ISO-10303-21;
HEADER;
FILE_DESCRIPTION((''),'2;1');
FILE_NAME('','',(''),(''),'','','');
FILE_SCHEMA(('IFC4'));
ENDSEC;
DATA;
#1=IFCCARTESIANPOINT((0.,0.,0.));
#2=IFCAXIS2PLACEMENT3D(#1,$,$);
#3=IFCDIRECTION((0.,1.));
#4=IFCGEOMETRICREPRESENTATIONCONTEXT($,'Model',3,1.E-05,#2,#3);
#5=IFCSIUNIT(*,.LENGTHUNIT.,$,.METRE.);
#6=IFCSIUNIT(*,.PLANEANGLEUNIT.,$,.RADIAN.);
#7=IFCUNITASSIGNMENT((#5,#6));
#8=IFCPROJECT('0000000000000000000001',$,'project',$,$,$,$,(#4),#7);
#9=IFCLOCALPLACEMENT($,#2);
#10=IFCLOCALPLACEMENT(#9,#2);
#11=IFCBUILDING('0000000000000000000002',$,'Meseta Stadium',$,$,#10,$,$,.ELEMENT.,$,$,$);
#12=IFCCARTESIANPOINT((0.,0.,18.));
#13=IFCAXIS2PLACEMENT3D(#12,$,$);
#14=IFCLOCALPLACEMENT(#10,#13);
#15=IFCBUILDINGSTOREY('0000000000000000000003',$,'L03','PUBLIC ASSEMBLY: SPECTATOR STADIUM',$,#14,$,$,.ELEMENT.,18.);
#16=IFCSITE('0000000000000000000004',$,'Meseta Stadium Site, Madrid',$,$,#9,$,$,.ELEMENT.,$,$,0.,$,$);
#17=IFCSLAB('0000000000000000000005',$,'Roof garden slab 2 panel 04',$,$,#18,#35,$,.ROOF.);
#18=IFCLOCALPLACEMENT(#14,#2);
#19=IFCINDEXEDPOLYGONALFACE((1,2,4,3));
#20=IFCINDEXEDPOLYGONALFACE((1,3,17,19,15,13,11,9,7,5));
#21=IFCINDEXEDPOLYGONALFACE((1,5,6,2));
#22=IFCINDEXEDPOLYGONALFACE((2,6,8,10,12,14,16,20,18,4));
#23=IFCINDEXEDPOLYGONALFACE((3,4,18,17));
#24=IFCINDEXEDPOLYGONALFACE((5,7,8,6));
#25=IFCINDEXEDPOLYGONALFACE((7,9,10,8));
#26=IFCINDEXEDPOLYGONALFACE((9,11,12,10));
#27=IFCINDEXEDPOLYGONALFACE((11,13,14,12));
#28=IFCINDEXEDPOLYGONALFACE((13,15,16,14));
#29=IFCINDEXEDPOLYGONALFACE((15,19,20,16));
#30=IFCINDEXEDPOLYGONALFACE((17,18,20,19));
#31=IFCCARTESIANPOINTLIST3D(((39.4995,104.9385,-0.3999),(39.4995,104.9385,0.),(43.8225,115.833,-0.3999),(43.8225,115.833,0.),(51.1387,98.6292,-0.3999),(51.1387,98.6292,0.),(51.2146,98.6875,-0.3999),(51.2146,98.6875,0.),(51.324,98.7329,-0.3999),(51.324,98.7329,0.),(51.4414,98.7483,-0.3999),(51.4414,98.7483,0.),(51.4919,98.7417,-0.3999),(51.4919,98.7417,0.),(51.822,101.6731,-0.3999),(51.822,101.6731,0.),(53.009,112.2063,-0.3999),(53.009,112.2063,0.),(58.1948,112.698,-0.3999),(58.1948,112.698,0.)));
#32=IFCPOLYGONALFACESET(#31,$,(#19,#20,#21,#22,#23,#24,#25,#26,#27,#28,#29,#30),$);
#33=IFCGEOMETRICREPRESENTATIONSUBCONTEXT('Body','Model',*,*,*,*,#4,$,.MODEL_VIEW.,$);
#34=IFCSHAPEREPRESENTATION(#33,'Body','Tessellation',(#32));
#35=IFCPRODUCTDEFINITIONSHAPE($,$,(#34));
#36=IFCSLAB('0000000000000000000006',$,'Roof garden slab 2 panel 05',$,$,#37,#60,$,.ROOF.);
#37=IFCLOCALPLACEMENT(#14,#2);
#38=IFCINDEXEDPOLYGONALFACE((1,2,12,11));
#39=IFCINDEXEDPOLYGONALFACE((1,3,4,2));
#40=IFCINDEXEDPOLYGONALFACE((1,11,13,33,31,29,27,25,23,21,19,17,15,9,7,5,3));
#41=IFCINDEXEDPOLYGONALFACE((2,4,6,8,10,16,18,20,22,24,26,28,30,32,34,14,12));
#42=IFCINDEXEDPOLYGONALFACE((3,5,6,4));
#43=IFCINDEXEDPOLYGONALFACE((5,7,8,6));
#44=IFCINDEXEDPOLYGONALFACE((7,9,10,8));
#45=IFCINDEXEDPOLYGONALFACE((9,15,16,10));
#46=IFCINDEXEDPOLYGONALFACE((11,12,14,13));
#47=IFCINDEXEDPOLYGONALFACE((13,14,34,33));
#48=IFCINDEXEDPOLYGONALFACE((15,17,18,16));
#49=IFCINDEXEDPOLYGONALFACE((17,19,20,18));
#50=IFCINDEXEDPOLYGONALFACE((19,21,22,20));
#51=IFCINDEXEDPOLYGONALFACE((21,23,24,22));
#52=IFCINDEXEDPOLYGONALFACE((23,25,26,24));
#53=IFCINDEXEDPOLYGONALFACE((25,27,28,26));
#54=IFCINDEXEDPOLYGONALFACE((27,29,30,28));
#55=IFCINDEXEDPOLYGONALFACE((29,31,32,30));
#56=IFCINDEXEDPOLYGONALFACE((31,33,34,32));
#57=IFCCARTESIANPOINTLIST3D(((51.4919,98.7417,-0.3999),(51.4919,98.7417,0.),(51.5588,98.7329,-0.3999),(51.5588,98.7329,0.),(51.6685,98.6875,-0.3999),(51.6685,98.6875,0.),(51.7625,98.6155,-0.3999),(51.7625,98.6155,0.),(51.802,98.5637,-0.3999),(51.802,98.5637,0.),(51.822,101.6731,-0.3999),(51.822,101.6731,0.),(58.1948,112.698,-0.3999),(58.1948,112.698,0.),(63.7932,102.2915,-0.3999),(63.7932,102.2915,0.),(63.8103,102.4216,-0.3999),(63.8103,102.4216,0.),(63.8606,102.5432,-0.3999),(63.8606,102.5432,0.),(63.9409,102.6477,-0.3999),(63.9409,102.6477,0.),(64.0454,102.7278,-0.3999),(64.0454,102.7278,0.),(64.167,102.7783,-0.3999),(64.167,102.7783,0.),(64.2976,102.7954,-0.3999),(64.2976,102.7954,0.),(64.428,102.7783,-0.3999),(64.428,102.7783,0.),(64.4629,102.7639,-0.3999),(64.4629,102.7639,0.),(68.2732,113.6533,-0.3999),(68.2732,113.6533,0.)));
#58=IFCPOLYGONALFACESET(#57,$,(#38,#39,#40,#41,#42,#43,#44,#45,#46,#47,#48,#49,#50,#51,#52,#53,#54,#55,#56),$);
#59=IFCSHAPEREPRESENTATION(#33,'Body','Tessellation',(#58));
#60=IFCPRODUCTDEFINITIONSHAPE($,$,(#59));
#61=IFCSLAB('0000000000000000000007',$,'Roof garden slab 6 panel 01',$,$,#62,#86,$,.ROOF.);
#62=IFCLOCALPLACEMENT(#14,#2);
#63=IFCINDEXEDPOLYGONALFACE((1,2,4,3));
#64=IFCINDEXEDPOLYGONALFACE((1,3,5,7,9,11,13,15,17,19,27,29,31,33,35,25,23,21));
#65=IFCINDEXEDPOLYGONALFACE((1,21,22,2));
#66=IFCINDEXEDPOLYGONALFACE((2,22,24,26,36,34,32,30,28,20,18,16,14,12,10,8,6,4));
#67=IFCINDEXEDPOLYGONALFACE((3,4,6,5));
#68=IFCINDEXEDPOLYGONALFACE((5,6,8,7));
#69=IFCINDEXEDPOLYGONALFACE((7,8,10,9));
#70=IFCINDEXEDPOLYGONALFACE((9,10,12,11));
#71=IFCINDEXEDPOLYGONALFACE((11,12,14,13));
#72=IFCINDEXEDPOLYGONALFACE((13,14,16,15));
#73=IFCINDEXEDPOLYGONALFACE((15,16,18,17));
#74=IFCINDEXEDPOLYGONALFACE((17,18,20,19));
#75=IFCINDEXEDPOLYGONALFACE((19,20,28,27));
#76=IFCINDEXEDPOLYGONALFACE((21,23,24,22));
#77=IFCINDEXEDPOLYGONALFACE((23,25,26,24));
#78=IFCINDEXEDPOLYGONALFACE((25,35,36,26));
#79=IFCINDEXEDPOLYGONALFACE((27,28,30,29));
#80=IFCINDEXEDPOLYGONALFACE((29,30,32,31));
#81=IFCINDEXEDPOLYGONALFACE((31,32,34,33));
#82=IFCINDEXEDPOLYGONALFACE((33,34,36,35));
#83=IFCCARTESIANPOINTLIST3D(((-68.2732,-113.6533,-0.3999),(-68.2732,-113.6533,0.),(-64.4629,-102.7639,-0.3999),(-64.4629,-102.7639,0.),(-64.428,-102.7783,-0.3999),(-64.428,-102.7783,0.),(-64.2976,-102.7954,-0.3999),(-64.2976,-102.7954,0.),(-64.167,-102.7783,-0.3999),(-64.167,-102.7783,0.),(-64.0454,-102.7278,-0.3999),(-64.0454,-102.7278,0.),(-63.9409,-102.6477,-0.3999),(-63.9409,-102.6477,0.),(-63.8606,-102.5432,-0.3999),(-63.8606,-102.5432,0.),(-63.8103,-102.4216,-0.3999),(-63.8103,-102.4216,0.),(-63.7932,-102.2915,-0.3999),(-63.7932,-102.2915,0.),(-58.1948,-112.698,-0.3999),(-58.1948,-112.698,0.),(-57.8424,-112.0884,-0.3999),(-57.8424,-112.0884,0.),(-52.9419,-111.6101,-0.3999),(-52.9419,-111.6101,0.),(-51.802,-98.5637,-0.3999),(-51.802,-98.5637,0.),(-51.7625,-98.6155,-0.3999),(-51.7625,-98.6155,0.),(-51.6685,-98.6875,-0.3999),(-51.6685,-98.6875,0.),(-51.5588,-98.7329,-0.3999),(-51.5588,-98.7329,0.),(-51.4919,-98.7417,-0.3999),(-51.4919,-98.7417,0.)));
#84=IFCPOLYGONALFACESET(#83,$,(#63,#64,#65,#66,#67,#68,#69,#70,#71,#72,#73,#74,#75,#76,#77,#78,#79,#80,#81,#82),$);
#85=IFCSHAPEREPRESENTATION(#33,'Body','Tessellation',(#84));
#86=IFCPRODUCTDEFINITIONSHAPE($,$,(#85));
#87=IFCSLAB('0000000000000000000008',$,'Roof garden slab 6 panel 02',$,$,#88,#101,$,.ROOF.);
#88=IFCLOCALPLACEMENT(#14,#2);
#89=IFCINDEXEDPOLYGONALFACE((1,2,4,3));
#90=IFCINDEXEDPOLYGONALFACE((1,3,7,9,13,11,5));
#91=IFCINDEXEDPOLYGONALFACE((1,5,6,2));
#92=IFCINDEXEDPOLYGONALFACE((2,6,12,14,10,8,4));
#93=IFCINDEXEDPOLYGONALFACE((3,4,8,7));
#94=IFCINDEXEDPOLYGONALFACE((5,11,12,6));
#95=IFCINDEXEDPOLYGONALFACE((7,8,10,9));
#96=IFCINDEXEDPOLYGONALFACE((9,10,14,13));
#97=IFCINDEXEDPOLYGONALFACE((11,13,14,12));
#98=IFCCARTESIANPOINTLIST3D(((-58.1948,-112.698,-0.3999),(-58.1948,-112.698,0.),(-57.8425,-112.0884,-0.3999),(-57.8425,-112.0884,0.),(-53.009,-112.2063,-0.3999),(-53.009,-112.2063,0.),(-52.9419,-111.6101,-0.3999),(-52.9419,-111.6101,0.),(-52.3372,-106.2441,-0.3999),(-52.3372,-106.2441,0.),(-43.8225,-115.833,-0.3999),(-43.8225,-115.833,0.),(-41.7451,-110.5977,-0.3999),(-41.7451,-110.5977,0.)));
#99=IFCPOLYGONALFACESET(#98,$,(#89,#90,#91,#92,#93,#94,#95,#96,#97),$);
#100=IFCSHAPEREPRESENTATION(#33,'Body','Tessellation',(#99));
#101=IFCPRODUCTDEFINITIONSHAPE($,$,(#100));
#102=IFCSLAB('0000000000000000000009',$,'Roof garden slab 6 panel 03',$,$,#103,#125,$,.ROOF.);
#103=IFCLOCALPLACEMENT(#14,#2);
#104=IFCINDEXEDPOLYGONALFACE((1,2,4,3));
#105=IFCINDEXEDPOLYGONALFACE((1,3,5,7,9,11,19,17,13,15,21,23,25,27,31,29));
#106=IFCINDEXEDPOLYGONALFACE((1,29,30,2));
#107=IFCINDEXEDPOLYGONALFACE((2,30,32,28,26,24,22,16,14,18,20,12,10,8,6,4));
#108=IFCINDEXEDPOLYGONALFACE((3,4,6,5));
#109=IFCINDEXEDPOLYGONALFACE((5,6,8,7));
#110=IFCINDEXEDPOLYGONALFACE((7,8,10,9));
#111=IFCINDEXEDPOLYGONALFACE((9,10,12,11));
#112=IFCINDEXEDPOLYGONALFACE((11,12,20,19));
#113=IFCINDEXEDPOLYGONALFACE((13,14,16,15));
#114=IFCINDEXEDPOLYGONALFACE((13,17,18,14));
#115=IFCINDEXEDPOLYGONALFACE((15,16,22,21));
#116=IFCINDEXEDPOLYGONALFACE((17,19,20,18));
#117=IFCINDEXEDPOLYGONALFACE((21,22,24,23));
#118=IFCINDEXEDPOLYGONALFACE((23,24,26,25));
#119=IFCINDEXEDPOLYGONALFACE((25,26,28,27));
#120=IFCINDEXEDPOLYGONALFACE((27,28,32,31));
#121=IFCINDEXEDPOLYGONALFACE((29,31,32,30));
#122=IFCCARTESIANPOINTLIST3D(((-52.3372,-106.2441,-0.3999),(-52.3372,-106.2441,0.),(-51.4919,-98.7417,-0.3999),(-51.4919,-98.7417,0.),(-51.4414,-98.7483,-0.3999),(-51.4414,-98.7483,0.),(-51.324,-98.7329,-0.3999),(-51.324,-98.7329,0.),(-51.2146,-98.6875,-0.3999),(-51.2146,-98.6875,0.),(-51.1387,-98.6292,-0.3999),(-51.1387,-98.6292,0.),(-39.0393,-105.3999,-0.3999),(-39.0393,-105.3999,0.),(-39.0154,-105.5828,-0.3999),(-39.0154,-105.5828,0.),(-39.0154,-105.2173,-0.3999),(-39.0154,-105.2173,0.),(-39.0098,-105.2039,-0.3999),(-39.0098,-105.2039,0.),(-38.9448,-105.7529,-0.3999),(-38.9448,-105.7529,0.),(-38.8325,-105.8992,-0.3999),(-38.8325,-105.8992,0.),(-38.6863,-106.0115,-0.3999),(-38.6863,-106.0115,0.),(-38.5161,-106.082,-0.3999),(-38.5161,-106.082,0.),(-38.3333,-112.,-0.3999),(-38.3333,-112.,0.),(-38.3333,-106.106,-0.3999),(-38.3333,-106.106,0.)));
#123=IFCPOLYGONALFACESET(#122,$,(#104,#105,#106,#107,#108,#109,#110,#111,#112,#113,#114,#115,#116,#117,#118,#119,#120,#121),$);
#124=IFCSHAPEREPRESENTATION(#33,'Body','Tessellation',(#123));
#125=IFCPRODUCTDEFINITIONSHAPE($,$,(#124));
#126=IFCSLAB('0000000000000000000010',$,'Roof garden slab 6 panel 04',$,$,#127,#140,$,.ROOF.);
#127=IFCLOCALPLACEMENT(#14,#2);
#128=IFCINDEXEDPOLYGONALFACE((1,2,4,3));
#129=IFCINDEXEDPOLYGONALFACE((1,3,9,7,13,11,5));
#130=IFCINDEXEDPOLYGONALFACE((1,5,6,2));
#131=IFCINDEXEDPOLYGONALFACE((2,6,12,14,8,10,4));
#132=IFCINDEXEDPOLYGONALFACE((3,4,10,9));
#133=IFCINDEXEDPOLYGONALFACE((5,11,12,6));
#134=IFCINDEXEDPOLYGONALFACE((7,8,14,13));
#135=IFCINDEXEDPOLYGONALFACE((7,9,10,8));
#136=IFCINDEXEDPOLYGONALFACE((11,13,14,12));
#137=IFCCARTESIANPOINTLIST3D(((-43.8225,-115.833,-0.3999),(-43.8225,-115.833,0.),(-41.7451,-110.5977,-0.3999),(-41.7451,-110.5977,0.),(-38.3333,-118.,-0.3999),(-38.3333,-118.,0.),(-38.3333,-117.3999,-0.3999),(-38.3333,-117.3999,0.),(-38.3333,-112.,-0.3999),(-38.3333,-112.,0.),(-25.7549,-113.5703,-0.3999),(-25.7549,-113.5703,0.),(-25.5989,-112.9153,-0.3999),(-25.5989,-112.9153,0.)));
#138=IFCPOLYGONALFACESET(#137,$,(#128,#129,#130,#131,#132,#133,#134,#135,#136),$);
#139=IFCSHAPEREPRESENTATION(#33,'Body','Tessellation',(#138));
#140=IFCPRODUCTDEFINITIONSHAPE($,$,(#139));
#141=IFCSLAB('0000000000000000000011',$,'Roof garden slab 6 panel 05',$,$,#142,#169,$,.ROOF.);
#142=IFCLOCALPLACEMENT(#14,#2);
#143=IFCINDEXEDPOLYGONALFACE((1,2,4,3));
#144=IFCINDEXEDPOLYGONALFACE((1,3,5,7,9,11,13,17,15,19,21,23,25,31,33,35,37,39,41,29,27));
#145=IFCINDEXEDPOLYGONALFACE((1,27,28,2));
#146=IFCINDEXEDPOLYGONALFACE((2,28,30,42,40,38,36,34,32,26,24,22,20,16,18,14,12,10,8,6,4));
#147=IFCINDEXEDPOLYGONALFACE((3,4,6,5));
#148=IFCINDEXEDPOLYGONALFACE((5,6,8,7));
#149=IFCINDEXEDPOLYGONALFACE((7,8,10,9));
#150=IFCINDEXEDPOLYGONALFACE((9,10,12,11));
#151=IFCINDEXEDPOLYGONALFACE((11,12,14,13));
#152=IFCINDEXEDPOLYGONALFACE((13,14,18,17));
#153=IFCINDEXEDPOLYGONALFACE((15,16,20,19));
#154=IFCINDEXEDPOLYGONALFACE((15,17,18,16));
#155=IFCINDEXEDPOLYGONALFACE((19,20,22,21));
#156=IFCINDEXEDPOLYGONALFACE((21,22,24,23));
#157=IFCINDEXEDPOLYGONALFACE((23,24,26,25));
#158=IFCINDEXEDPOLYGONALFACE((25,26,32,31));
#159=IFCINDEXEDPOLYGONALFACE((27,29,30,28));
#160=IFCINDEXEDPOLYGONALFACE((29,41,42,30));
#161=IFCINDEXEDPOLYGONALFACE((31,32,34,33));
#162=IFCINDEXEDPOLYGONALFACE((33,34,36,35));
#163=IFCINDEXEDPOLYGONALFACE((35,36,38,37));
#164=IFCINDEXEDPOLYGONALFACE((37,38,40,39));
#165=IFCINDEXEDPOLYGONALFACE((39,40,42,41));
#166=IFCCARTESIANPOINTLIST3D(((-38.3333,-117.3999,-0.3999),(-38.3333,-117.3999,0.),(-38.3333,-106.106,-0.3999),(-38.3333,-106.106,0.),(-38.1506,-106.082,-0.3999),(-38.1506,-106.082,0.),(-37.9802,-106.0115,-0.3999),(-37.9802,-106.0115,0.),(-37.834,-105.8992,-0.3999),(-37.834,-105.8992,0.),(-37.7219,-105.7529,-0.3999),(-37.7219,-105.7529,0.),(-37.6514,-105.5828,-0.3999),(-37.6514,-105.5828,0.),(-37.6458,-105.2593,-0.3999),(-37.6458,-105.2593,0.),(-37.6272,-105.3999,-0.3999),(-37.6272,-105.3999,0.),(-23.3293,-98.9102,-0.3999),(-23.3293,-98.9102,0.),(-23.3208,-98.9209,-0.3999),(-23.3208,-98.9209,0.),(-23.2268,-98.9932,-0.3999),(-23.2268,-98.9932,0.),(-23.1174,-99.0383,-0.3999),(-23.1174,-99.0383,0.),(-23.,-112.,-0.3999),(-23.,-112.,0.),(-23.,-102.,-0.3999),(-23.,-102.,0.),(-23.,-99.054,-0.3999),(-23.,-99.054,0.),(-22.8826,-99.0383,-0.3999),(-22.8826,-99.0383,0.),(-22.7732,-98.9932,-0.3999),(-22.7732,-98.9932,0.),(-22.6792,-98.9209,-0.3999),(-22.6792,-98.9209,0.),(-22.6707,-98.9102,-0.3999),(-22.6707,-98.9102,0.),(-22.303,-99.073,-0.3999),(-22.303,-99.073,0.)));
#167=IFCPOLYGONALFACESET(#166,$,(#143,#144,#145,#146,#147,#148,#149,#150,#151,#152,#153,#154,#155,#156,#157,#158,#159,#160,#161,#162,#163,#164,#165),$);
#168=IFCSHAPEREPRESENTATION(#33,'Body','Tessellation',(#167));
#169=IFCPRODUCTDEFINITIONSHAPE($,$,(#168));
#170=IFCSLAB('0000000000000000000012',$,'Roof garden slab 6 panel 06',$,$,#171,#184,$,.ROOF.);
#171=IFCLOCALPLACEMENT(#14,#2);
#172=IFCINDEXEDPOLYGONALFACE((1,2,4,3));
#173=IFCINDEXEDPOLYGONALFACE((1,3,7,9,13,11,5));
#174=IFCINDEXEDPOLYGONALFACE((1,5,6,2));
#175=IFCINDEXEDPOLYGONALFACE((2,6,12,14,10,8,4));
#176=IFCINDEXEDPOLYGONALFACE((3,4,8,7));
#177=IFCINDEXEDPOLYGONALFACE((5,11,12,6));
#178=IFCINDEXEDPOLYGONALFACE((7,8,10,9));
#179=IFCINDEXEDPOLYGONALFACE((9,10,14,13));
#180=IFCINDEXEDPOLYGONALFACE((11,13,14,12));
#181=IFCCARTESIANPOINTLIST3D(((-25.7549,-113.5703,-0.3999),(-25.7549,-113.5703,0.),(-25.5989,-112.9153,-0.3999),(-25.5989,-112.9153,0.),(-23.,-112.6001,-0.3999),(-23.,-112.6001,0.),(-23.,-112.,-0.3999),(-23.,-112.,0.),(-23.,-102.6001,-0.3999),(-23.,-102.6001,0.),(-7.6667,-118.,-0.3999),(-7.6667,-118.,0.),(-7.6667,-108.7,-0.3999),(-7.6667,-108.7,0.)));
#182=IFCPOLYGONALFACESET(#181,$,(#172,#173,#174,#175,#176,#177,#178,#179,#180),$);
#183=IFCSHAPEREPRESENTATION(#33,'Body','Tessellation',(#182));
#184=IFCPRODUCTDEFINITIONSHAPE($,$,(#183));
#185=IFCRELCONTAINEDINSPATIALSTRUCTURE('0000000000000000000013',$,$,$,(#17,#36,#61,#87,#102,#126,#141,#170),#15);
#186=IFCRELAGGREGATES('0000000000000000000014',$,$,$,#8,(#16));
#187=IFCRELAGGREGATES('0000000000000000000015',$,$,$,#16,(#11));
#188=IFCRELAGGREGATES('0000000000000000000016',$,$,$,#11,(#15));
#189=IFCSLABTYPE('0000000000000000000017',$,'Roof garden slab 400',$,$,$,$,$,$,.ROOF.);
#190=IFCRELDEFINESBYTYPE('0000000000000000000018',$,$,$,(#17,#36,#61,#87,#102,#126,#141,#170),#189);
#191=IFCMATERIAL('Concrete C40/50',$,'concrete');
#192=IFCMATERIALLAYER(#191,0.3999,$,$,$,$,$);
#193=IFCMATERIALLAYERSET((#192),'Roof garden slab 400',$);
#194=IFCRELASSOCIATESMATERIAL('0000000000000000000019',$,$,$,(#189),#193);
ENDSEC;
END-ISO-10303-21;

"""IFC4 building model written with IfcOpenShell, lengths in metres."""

from ifc_helpers import new_model, si_unit, direction, frame, origin, place, context, subcontext, project, spatial, polyline, outline, extrude, material, layer, layer_set, type_object, element, save


model = new_model("IFC4")

# Units and contexts
model_context = context("Model", 3, precision=1e-05, world=origin(), true_north=direction((0.0, 1.0)))
body_context = subcontext(model_context, "Body", "Model", "MODEL_VIEW")
ifc_project = project(units=[si_unit("LENGTHUNIT", "METRE"), si_unit("PLANEANGLEUNIT", "RADIAN")], contexts=[model_context])

# Site, building, storey
site_placement = place(None, origin())
site = spatial("IfcSite", under=ifc_project, at=site_placement, Name="Meseta Stadium Site, Madrid", CompositionType="ELEMENT", RefElevation=0.0)
building_placement = place(site_placement, origin())
building = spatial("IfcBuilding", under=site, at=building_placement, Name="Meseta Stadium", CompositionType="ELEMENT")
storey_placement = place(building_placement, frame((0.0, 0.0, 18.0)))
storey = spatial("IfcBuildingStorey", under=building, at=storey_placement, Name="L03", Description="PUBLIC ASSEMBLY: SPECTATOR STADIUM", CompositionType="ELEMENT", Elevation=18.0)

# Slabs
ifc_material_1 = material(Name="Concrete C40/50", Category="concrete")
ifc_layer_1 = layer(ifc_material_1, 0.3999)
ifc_layer_set_1 = layer_set([ifc_layer_1], Name="Roof garden slab 400")
slab_type_1 = type_object("IfcSlabType", Name="Roof garden slab 400", PredefinedType="ROOF", material=ifc_layer_set_1)
slab_1_placement = place(storey_placement, frame((0.0, 0.0, -0.3999)))
element("IfcSlab", 1, at=slab_1_placement, inside=storey, type_object=slab_type_1, Name="Roof garden slab 2 panel 04", PredefinedType="ROOF", context=body_context, shape_type="SweptSolid", body=[
    extrude(outline(polyline([(51.2146, 98.6875), (51.324, 98.7329), (51.4414, 98.7483), (51.4919, 98.7417), (51.822, 101.6731), (58.1948, 112.698), (53.009, 112.2063), (43.8225, 115.833), (39.4995, 104.9385), (51.1387, 98.6292), (51.2146, 98.6875)])), origin(), (0.0, 0.0, 1.0), 0.3999),
])
slab_2_placement = place(storey_placement, frame((0.0, 0.0, -0.3999)))
element("IfcSlab", 2, at=slab_2_placement, inside=storey, type_object=slab_type_1, Name="Roof garden slab 2 panel 05", PredefinedType="ROOF", context=body_context, shape_type="SweptSolid", body=[
    extrude(outline(polyline([(63.7932, 102.2915), (63.8103, 102.4216), (63.8606, 102.5432), (63.9409, 102.6477), (64.0454, 102.7278), (64.167, 102.7783), (64.2976, 102.7954), (64.428, 102.7783), (64.4629, 102.7639), (68.2732, 113.6533), (58.1948, 112.698), (51.822, 101.6731), (51.4919, 98.7417), (51.5588, 98.7329), (51.6685, 98.6875), (51.7625, 98.6155), (51.802, 98.5637), (63.7932, 102.2915)])), origin(), (0.0, 0.0, 1.0), 0.3999),
])
slab_3_placement = place(storey_placement, frame((0.0, 0.0, -0.3999)))
element("IfcSlab", 3, at=slab_3_placement, inside=storey, type_object=slab_type_1, Name="Roof garden slab 6 panel 01", PredefinedType="ROOF", context=body_context, shape_type="SweptSolid", body=[
    extrude(outline(polyline([(-63.9409, -102.6477), (-64.0454, -102.7278), (-64.167, -102.7783), (-64.2976, -102.7954), (-64.428, -102.7783), (-64.4629, -102.7639), (-68.2732, -113.6533), (-58.1948, -112.698), (-54.6301, -106.531), (-57.8425, -112.0884), (-52.9419, -111.6101), (-51.4919, -98.7417), (-51.5588, -98.7329), (-51.6685, -98.6875), (-51.7625, -98.6155), (-51.802, -98.5637), (-63.7932, -102.2915), (-63.8103, -102.4216), (-63.8606, -102.5432), (-63.9409, -102.6477)])), origin(), (0.0, 0.0, 1.0), 0.3999),
])
slab_4_placement = place(storey_placement, frame((0.0, 0.0, -0.3999)))
element("IfcSlab", 4, at=slab_4_placement, inside=storey, type_object=slab_type_1, Name="Roof garden slab 6 panel 02", PredefinedType="ROOF", context=body_context, shape_type="SweptSolid", body=[
    extrude(outline(polyline([(-52.9419, -111.6101), (-57.8425, -112.0884), (-58.1948, -112.698), (-53.009, -112.2063), (-43.8225, -115.833), (-41.7451, -110.5977), (-52.3372, -106.2441), (-52.9419, -111.6101)])), origin(), (0.0, 0.0, 1.0), 0.3999),
])
slab_5_placement = place(storey_placement, frame((0.0, 0.0, -0.3999)))
element("IfcSlab", 5, at=slab_5_placement, inside=storey, type_object=slab_type_1, Name="Roof garden slab 6 panel 03", PredefinedType="ROOF", context=body_context, shape_type="SweptSolid", body=[
    extrude(outline(polyline([(-51.324, -98.7329), (-51.4414, -98.7483), (-51.4919, -98.7417), (-52.3372, -106.2441), (-38.3333, -112.0), (-38.3333, -106.106), (-38.5161, -106.082), (-38.6863, -106.0115), (-38.8325, -105.8992), (-38.9448, -105.7529), (-39.0154, -105.5828), (-39.0393, -105.3999), (-39.0154, -105.2173), (-39.0098, -105.2039), (-51.1387, -98.6292), (-51.2146, -98.6875), (-51.324, -98.7329)])), origin(), (0.0, 0.0, 1.0), 0.3999),
])
slab_6_placement = place(storey_placement, frame((0.0, 0.0, -0.3999)))
element("IfcSlab", 6, at=slab_6_placement, inside=storey, type_object=slab_type_1, Name="Roof garden slab 6 panel 04", PredefinedType="ROOF", context=body_context, shape_type="SweptSolid", body=[
    extrude(outline(polyline([(-38.3333, -112.0), (-41.7451, -110.5977), (-43.8225, -115.833), (-38.3333, -118.0), (-25.7549, -113.5703), (-25.5989, -112.9153), (-38.3333, -117.3999), (-38.3333, -112.0)])), origin(), (0.0, 0.0, 1.0), 0.3999),
])
slab_7_placement = place(storey_placement, frame((0.0, 0.0, -0.3999)))
element("IfcSlab", 7, at=slab_7_placement, inside=storey, type_object=slab_type_1, Name="Roof garden slab 6 panel 05", PredefinedType="ROOF", context=body_context, shape_type="SweptSolid", body=[
    extrude(outline(polyline([(-37.7219, -105.7529), (-37.834, -105.8992), (-37.9802, -106.0115), (-38.1506, -106.082), (-38.3333, -106.106), (-38.3333, -117.3999), (-23.0, -112.0), (-23.0, -102.0), (-22.303, -99.073), (-22.6707, -98.9102), (-22.6792, -98.9209), (-22.7732, -98.9932), (-22.8826, -99.0383), (-23.0, -99.054), (-23.1174, -99.0383), (-23.2268, -98.9932), (-23.3208, -98.9209), (-23.3293, -98.9102), (-37.6458, -105.2593), (-37.6272, -105.3999), (-37.6514, -105.5828), (-37.7219, -105.7529)])), origin(), (0.0, 0.0, 1.0), 0.3999),
])
slab_8_placement = place(storey_placement, frame((0.0, 0.0, -0.3999)))
element("IfcSlab", 8, at=slab_8_placement, inside=storey, type_object=slab_type_1, Name="Roof garden slab 6 panel 06", PredefinedType="ROOF", context=body_context, shape_type="SweptSolid", body=[
    extrude(outline(polyline([(-25.7549, -113.5703), (-23.0, -112.6001), (-7.6667, -118.0), (-7.6667, -108.7), (-23.0, -102.6001), (-23.0, -112.0), (-25.5989, -112.9153), (-25.7549, -113.5703)])), origin(), (0.0, 0.0, 1.0), 0.3999),
])

save(model, "model.ifc")
